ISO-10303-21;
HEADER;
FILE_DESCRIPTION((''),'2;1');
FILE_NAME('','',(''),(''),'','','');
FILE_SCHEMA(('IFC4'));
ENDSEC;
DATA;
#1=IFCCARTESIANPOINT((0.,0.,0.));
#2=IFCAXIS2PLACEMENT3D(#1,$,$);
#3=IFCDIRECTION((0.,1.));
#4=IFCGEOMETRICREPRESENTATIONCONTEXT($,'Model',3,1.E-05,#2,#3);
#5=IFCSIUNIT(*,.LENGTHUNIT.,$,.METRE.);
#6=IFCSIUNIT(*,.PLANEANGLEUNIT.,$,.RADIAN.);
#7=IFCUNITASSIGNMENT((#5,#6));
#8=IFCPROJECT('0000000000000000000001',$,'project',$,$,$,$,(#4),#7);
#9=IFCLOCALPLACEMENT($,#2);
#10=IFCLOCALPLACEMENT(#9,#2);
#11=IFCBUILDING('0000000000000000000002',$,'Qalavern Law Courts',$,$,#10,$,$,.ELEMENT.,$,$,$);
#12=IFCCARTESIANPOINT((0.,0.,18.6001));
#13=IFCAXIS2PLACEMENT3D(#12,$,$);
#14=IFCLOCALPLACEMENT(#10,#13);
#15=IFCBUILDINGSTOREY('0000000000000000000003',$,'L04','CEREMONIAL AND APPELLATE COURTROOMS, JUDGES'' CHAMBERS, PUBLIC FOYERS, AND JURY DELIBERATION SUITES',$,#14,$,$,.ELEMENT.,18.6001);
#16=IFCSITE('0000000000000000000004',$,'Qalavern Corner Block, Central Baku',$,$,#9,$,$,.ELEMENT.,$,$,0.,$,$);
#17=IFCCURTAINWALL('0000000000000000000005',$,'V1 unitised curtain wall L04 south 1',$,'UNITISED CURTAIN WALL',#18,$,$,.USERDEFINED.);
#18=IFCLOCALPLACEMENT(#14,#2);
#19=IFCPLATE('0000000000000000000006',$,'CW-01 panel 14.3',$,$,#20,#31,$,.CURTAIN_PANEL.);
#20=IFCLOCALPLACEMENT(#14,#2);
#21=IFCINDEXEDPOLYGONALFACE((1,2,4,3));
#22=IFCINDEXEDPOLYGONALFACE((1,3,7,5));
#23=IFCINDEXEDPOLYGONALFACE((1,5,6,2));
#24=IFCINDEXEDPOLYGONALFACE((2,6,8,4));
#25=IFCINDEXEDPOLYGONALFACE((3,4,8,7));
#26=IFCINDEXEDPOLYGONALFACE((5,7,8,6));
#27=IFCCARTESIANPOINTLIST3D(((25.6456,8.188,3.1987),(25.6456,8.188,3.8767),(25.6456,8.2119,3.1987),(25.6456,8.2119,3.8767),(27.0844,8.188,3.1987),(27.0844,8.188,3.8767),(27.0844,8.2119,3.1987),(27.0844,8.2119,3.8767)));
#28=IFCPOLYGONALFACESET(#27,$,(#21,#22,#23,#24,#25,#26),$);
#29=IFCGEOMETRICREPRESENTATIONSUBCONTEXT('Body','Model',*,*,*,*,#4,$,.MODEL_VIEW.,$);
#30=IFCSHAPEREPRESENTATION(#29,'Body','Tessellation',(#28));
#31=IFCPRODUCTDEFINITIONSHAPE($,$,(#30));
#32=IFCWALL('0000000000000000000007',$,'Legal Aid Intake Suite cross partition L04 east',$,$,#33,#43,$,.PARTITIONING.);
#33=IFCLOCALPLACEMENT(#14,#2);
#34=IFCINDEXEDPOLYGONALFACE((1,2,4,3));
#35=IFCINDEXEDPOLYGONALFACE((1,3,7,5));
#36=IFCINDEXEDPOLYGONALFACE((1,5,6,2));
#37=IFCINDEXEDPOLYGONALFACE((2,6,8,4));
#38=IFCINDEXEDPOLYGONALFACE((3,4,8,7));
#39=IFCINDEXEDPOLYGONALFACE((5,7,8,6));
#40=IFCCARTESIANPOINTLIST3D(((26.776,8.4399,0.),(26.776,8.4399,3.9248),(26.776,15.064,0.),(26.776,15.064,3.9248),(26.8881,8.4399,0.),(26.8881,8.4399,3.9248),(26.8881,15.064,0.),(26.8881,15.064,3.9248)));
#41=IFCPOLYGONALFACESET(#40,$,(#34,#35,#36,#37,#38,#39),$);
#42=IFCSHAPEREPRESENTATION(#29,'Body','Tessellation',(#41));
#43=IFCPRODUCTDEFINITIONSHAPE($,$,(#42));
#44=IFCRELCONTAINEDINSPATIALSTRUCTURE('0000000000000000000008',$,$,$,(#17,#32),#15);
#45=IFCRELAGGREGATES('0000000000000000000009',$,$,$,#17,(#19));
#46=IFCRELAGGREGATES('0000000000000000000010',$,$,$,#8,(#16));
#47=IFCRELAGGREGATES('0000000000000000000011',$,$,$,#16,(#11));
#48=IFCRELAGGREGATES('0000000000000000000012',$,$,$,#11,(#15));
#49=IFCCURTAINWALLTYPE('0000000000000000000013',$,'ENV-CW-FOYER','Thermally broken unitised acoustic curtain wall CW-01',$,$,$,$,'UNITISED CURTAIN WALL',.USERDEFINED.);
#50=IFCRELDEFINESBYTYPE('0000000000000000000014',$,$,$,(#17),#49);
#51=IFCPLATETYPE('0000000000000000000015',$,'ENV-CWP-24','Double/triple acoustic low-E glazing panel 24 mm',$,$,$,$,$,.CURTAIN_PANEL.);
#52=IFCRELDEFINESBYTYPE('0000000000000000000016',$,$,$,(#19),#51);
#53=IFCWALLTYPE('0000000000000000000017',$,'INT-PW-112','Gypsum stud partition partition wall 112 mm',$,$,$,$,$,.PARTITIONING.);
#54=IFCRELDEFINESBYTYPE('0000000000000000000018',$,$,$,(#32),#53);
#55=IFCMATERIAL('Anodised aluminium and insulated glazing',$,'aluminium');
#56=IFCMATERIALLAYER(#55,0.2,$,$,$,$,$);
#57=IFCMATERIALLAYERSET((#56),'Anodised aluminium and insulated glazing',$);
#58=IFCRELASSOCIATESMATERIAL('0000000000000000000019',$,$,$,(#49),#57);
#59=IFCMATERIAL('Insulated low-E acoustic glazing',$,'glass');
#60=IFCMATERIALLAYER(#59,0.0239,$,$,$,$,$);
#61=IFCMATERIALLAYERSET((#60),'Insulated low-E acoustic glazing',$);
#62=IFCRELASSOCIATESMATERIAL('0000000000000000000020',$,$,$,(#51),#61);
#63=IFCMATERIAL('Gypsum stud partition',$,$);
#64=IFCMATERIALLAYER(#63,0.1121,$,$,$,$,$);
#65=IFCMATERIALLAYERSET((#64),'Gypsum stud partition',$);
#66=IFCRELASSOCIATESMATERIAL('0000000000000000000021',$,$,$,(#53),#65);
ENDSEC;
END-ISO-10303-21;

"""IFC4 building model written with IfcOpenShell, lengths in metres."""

from ifc_helpers import new_model, si_unit, direction, frame, frame_2d, origin, origin_2d, place, context, subcontext, project, spatial, rectangle, extrude, material, layer, layer_set, type_object, element, aggregate, save


model = new_model("IFC4")

# Units and contexts
model_context = context("Model", 3, precision=1e-05, world=origin(), true_north=direction((0.0, 1.0)))
body_context = subcontext(model_context, "Body", "Model", "MODEL_VIEW")
ifc_project = project(units=[si_unit("LENGTHUNIT", "METRE"), si_unit("PLANEANGLEUNIT", "RADIAN")], contexts=[model_context])

# Site, building, storey
site_placement = place(None, origin())
site = spatial("IfcSite", under=ifc_project, at=site_placement, Name="Qalavern Corner Block, Central Baku", CompositionType="ELEMENT", RefElevation=0.0)
building_placement = place(site_placement, origin())
building = spatial("IfcBuilding", under=site, at=building_placement, Name="Qalavern Law Courts", CompositionType="ELEMENT")
storey_placement = place(building_placement, frame((0.0, 0.0, 18.6001)))
storey = spatial("IfcBuildingStorey", under=building, at=storey_placement, Name="L04", Description="CEREMONIAL AND APPELLATE COURTROOMS, JUDGES' CHAMBERS, PUBLIC FOYERS, AND JURY DELIBERATION SUITES", CompositionType="ELEMENT", Elevation=18.6001)

# Curtain wall
ifc_material_1 = material(Name="Anodised aluminium and insulated glazing", Category="aluminium")
ifc_layer_1 = layer(ifc_material_1, 0.2)
ifc_layer_set_1 = layer_set([ifc_layer_1], Name="Anodised aluminium and insulated glazing")
curtain_wall_type = type_object("IfcCurtainWallType", Name="ENV-CW-FOYER", Description="Thermally broken unitised acoustic curtain wall CW-01", ElementType="UNITISED CURTAIN WALL", PredefinedType="USERDEFINED", material=ifc_layer_set_1)
curtain_wall_placement = place(storey_placement, origin())
curtain_wall = element("IfcCurtainWall", 1, at=curtain_wall_placement, inside=storey, type_object=curtain_wall_type, Name="V1 unitised curtain wall L04 south 1", ObjectType="UNITISED CURTAIN WALL", PredefinedType="USERDEFINED")

# Plate
ifc_material_2 = material(Name="Insulated low-E acoustic glazing", Category="glass")
ifc_layer_2 = layer(ifc_material_2, 0.0239)
ifc_layer_set_2 = layer_set([ifc_layer_2], Name="Insulated low-E acoustic glazing")
plate_type = type_object("IfcPlateType", Name="ENV-CWP-24", Description="Double/triple acoustic low-E glazing panel 24 mm", PredefinedType="CURTAIN_PANEL", material=ifc_layer_set_2)
plate_1_placement = place(storey_placement, frame((26.365, 8.2, 3.1987), z_axis=(0.0, 0.0, 1.0), x_axis=(1.0, 0.0, 0.0)))
plate_1 = element("IfcPlate", 2, at=plate_1_placement, type_object=plate_type, Name="CW-01 panel 14.3", PredefinedType="CURTAIN_PANEL", context=body_context, shape_type="SweptSolid", body=[
    extrude(rectangle(XDim=1.4387, YDim=0.0239, at=origin_2d()), origin(), (0.0, 0.0, 1.0), 0.678),
])
aggregate(curtain_wall, [plate_1])

# Wall
ifc_material_3 = material(Name="Gypsum stud partition")
ifc_layer_3 = layer(ifc_material_3, 0.1121)
ifc_layer_set_3 = layer_set([ifc_layer_3], Name="Gypsum stud partition")
wall_type = type_object("IfcWallType", Name="INT-PW-112", Description="Gypsum stud partition partition wall 112 mm", PredefinedType="PARTITIONING", material=ifc_layer_set_3)
wall_placement = place(storey_placement, frame((26.832, 8.4399, 0.0), z_axis=(0.0, 0.0, 1.0), x_axis=(0.0, 1.0, 0.0)))
element("IfcWall", 3, at=wall_placement, inside=storey, type_object=wall_type, Name="Legal Aid Intake Suite cross partition L04 east", PredefinedType="PARTITIONING", context=body_context, shape_type="SweptSolid", body=[
    extrude(rectangle(XDim=6.624, YDim=0.1121, at=frame_2d((3.312, 0.0))), origin(), (0.0, 0.0, 1.0), 3.9248),
])

save(model, "model.ifc")
